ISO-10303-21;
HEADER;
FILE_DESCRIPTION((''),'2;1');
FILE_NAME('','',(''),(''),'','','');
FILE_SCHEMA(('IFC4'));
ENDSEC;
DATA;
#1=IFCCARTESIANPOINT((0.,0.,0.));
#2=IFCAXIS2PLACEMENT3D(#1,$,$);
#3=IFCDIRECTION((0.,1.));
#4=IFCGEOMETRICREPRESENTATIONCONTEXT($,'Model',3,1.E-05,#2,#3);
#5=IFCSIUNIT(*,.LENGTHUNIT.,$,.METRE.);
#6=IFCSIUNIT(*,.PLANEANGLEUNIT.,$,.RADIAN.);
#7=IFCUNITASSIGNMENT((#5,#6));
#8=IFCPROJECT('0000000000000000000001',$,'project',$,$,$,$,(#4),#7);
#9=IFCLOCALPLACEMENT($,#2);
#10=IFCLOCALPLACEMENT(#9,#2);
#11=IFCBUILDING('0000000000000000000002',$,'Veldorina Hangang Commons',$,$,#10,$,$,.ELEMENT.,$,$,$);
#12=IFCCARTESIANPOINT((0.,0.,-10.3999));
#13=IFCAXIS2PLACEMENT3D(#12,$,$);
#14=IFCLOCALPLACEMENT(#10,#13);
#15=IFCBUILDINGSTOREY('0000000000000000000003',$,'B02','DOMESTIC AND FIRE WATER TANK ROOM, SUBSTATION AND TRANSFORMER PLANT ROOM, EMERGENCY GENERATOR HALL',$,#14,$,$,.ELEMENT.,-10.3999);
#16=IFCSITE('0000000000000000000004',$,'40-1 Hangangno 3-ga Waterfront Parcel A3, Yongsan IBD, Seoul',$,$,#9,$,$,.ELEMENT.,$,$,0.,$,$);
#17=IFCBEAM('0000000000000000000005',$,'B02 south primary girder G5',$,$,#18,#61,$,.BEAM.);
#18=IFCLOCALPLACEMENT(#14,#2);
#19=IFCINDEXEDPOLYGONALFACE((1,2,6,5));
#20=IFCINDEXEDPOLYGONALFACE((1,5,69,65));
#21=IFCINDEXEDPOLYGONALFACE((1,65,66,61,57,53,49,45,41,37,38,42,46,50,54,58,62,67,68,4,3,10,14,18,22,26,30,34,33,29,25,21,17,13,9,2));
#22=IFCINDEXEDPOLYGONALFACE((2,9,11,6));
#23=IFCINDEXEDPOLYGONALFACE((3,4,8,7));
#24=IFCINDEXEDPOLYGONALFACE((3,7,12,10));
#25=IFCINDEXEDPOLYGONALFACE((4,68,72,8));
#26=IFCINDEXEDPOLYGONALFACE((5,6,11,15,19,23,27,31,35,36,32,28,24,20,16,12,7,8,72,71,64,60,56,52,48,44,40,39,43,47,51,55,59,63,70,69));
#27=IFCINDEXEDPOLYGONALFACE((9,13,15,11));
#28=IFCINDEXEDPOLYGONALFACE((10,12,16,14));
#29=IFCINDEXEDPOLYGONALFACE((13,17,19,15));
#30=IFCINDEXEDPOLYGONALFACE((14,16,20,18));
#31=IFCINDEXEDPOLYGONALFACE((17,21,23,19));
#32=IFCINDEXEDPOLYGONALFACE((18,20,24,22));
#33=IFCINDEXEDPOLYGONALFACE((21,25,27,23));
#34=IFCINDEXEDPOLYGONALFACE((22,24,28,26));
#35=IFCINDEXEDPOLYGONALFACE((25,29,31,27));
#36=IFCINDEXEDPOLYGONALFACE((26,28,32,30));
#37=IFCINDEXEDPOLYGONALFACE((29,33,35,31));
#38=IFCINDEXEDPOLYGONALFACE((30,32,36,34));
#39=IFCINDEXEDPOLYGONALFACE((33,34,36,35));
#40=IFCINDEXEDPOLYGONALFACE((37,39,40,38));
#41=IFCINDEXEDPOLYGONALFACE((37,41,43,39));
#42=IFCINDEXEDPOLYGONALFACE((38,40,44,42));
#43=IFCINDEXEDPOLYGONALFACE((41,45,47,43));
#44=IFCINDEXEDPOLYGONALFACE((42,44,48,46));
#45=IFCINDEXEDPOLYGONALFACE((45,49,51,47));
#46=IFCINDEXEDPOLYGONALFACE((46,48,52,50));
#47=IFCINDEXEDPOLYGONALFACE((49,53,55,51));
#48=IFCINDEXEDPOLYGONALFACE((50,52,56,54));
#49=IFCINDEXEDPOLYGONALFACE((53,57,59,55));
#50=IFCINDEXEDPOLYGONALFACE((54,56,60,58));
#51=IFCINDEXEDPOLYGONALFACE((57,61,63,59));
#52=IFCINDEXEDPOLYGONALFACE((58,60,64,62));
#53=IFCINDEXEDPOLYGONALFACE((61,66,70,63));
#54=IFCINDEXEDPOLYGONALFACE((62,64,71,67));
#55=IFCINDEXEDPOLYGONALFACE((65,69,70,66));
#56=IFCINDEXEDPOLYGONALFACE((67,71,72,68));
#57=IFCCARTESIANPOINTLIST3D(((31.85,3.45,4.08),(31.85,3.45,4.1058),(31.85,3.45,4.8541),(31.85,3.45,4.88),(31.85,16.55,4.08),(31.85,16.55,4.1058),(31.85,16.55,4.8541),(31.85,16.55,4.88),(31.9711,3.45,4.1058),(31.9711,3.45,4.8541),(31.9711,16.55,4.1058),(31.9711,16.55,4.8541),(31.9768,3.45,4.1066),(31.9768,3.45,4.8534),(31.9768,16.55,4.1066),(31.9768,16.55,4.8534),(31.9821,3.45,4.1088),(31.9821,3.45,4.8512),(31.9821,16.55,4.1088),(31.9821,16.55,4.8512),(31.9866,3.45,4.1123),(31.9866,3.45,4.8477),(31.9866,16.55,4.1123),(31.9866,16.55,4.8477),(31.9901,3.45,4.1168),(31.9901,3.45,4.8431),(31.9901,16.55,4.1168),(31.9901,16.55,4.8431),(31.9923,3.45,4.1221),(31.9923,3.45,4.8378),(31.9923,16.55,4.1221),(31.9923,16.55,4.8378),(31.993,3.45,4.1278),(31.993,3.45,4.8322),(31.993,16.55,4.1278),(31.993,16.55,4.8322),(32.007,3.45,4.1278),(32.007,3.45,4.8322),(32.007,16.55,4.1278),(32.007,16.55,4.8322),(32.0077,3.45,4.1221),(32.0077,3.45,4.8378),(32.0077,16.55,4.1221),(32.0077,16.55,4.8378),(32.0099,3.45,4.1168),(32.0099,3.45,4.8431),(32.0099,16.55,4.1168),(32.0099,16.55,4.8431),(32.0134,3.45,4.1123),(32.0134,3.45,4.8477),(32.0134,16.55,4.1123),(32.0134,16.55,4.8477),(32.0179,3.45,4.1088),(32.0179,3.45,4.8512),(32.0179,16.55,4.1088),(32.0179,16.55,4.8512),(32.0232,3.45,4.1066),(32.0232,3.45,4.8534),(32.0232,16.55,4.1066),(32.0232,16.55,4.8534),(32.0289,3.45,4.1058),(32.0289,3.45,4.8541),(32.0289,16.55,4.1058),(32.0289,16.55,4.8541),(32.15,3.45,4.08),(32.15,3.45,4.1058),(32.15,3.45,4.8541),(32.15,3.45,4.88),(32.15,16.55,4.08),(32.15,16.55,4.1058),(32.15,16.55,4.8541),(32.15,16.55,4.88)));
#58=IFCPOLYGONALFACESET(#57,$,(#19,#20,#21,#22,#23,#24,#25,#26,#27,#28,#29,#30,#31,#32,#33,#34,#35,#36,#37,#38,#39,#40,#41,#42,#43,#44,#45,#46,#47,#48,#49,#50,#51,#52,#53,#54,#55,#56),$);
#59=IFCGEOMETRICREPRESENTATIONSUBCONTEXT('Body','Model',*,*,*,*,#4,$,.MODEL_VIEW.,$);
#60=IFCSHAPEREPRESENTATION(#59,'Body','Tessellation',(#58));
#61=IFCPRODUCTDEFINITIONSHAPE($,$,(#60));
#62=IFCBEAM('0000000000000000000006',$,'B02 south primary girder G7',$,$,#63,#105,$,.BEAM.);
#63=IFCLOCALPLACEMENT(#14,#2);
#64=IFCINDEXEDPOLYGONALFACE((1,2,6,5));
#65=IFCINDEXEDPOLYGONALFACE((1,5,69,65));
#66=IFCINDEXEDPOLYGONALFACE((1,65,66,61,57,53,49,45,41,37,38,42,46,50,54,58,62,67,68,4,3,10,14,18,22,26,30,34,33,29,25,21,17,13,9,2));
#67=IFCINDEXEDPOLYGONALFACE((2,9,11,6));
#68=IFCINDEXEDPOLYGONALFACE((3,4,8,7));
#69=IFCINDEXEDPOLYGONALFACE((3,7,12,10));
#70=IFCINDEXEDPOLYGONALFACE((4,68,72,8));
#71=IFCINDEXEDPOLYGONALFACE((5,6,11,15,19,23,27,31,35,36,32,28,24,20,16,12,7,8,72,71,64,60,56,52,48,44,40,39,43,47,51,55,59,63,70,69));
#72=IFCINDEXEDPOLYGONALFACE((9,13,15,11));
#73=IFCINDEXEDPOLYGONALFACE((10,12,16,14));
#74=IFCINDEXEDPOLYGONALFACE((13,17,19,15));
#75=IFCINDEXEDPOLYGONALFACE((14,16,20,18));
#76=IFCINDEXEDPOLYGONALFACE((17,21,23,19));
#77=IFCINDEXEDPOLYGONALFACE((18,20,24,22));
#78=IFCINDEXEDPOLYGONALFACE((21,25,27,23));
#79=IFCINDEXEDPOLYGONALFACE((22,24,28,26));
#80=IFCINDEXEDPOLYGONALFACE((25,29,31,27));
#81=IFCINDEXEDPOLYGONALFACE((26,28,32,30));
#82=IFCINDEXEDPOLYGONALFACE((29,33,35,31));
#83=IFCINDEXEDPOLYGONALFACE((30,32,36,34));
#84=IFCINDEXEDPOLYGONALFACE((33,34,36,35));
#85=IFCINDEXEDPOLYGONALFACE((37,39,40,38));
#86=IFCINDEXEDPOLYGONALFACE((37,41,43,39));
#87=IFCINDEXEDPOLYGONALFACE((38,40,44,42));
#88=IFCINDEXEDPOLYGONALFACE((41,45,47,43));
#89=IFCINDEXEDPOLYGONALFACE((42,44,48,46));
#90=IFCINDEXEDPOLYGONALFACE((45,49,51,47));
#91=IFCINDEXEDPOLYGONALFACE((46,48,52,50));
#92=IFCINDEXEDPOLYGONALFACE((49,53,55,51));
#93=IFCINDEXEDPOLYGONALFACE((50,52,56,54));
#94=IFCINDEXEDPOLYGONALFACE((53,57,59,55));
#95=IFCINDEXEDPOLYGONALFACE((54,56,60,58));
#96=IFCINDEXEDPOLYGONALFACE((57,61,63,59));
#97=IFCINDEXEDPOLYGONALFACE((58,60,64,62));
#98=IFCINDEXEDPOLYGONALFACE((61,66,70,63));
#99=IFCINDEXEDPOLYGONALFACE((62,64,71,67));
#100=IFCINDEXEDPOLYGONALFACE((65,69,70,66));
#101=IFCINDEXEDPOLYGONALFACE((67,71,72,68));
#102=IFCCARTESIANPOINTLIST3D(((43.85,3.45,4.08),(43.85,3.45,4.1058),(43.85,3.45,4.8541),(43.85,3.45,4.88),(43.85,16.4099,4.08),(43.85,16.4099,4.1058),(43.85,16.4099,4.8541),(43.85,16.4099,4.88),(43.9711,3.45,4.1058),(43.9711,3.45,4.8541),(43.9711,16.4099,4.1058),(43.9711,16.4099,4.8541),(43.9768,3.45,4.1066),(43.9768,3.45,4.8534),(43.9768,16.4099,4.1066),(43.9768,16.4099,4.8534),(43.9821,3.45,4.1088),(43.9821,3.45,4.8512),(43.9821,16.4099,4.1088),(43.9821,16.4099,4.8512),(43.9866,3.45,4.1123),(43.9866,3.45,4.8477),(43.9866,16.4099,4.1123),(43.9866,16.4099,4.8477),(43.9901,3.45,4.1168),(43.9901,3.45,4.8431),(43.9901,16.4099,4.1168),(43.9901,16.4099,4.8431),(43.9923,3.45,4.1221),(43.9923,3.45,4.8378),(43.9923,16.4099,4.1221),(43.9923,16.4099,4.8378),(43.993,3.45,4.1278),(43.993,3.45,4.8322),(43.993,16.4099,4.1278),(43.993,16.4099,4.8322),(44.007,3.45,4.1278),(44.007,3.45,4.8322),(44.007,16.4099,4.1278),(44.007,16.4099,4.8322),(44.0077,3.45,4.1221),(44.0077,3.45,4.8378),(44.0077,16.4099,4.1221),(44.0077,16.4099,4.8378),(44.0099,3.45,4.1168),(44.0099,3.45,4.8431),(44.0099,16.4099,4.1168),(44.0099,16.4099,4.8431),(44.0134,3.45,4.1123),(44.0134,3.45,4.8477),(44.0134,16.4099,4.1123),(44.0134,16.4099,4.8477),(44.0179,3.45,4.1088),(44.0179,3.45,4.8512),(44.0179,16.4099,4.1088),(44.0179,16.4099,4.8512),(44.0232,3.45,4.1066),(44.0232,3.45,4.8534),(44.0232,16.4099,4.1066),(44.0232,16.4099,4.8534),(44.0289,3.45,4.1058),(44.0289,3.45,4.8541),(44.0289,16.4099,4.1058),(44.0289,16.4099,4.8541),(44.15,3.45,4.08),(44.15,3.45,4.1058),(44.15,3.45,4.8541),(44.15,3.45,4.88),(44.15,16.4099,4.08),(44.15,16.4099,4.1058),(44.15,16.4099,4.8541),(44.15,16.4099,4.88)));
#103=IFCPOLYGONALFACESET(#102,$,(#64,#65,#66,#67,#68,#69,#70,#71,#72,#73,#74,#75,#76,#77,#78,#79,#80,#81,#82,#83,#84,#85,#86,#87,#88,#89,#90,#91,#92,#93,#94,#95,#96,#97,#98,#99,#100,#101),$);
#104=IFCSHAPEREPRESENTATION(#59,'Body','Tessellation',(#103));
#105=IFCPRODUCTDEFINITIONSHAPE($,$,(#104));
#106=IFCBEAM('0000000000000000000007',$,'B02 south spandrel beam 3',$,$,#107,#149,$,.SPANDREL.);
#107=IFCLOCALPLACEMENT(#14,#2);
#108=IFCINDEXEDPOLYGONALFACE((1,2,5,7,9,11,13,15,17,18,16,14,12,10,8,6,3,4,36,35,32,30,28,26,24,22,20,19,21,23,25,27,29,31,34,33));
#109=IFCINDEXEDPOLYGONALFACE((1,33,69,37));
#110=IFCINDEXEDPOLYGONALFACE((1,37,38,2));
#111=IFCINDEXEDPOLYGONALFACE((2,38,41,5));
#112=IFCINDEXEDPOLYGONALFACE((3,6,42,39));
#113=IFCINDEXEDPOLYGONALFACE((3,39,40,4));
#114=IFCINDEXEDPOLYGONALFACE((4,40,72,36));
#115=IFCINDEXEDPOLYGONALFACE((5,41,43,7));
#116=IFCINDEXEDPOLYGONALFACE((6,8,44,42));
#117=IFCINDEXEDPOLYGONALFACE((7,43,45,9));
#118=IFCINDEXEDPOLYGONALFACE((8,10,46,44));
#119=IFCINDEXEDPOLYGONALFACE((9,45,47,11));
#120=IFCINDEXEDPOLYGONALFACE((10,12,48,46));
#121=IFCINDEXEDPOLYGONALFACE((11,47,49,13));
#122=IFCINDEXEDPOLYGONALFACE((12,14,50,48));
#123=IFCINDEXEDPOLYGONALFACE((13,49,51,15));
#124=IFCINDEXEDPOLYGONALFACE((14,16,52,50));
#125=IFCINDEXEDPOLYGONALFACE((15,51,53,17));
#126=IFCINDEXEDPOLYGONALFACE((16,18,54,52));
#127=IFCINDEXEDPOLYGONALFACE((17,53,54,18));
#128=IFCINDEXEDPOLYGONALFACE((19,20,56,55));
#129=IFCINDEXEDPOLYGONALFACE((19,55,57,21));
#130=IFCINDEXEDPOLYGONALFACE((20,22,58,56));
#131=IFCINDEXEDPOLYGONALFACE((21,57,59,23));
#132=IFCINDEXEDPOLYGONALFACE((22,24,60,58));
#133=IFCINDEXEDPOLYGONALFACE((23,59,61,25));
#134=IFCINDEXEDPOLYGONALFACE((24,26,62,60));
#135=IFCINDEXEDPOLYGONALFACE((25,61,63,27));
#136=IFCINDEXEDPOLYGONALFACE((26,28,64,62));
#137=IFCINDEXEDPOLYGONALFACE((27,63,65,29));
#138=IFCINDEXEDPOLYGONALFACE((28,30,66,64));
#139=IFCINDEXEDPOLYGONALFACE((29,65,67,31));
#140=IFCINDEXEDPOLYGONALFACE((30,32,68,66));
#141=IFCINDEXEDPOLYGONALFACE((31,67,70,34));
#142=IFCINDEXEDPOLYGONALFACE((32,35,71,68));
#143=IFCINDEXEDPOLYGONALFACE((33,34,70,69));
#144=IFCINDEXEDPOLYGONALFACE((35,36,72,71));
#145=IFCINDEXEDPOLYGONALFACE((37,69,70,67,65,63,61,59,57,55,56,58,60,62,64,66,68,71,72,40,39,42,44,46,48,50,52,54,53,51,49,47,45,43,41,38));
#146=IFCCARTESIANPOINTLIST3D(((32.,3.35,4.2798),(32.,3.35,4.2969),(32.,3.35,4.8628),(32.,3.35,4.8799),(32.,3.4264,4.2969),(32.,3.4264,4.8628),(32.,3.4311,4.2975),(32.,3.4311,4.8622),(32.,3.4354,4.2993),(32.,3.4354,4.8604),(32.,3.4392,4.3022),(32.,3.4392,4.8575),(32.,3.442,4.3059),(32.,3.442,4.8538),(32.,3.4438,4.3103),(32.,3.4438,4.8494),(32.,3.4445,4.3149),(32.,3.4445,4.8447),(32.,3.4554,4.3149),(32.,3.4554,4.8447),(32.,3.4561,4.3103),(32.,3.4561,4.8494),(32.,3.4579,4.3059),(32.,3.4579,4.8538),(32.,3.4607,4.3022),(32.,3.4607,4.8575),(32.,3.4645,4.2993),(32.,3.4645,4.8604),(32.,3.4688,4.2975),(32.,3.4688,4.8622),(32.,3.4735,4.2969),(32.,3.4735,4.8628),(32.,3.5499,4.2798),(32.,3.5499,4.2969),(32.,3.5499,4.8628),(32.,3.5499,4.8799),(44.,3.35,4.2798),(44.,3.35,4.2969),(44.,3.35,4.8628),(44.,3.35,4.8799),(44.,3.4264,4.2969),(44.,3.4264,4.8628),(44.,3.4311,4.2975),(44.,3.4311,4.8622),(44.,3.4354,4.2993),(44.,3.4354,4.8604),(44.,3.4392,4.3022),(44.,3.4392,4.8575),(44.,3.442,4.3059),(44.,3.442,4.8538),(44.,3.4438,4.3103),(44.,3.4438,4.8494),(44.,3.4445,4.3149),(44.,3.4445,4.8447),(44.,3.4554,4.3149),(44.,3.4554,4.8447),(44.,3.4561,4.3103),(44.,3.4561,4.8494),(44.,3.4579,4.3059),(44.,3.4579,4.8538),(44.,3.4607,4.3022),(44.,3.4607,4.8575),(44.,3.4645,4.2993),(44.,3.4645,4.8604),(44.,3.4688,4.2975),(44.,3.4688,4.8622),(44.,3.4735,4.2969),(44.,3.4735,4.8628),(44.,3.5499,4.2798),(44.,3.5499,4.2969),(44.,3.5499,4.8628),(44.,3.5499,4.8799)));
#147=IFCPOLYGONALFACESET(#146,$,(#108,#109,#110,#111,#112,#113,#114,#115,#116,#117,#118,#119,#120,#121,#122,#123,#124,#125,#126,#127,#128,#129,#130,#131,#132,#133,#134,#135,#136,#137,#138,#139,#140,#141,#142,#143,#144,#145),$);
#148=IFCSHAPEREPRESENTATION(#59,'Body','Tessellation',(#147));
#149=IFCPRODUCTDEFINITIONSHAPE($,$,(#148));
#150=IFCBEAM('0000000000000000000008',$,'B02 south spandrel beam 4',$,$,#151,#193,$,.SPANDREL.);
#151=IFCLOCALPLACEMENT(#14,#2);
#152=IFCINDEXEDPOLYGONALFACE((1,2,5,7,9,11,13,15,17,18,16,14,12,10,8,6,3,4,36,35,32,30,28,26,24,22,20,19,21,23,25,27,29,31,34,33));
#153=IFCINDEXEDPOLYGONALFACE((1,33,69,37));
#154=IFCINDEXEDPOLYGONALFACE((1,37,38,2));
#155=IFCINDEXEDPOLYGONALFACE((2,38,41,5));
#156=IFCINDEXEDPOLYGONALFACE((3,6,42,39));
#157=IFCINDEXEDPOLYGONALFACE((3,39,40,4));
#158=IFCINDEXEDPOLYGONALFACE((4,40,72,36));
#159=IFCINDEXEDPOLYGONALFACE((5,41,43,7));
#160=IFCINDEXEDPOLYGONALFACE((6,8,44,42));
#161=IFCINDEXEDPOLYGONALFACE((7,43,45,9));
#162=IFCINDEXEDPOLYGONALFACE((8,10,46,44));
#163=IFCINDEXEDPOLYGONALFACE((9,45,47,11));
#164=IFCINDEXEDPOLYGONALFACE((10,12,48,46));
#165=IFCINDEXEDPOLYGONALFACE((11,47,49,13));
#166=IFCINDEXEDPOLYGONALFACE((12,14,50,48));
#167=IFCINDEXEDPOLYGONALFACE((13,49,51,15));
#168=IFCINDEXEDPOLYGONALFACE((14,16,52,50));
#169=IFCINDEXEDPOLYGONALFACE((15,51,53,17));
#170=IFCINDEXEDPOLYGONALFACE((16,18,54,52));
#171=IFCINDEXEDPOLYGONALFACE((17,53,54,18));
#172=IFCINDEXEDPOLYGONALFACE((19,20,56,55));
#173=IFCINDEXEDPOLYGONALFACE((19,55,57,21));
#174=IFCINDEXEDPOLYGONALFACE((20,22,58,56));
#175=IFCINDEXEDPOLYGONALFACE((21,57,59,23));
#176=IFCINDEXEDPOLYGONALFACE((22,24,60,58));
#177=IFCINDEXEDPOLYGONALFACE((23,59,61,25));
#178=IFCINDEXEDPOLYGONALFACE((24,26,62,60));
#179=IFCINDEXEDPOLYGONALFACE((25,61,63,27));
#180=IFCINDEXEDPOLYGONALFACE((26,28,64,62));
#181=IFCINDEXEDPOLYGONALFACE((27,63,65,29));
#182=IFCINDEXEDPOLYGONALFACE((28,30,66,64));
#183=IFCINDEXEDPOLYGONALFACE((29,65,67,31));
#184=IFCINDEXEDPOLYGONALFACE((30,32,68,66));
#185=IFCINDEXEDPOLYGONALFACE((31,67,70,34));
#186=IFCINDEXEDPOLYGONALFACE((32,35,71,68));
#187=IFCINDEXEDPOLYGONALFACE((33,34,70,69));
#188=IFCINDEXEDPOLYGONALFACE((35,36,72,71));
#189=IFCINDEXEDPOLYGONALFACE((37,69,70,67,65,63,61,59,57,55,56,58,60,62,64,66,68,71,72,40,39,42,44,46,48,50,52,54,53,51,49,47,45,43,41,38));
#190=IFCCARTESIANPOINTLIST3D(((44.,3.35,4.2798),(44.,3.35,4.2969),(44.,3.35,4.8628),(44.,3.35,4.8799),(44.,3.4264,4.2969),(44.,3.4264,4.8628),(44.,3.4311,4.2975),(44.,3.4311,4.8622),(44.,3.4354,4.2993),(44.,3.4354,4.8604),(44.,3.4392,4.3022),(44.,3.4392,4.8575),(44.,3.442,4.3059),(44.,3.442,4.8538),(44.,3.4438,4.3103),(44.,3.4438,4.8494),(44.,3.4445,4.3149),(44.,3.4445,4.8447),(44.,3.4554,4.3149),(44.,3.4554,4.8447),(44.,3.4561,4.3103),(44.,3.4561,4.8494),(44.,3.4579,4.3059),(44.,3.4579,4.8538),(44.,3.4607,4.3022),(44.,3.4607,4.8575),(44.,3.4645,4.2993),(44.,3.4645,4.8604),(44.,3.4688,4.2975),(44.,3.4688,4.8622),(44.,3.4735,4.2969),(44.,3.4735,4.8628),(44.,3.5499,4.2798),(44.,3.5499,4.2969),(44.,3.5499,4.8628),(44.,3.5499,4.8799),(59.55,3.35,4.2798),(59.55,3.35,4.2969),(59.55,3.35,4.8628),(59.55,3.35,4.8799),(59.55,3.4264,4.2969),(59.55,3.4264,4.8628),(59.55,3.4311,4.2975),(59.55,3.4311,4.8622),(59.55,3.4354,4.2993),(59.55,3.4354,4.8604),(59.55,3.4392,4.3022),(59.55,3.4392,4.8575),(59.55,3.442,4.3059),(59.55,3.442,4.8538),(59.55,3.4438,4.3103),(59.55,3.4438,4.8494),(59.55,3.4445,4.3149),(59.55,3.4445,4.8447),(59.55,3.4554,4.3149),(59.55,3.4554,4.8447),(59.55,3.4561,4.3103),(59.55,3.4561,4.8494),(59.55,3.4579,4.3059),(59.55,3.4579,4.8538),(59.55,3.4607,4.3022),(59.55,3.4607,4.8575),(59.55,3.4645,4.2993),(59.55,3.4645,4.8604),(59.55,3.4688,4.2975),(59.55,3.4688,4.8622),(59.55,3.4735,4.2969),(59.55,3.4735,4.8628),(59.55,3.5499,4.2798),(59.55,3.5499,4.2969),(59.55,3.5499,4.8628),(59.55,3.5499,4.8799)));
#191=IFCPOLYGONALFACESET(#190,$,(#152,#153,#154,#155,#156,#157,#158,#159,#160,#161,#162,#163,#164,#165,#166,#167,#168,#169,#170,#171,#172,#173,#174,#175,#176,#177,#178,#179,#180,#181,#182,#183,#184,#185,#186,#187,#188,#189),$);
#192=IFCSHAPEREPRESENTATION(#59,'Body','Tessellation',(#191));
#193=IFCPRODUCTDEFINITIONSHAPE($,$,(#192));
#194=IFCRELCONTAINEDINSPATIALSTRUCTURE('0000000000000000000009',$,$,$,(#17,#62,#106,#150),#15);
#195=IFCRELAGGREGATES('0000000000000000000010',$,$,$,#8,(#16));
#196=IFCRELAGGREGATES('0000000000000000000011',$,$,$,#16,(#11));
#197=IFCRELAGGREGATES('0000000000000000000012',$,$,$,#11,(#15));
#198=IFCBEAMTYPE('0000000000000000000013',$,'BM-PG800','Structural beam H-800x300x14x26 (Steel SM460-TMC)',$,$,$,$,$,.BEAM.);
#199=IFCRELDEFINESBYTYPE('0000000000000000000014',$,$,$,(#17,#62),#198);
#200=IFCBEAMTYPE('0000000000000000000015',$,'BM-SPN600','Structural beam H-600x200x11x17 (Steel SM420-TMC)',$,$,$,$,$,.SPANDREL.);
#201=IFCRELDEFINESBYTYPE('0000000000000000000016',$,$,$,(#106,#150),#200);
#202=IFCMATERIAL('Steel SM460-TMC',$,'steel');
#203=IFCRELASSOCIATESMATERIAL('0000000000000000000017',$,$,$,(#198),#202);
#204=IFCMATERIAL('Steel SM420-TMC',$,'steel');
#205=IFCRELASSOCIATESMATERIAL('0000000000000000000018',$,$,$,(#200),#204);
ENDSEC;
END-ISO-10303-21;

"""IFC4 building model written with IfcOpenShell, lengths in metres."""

from ifc_helpers import new_model, si_unit, direction, frame, origin, origin_2d, place, context, subcontext, project, spatial, i_section, extrude, material, material_profile, profile_set, type_object, element, save


model = new_model("IFC4")

# Units and contexts
model_context = context("Model", 3, precision=1e-05, world=origin(), true_north=direction((0.0, 1.0)))
body_context = subcontext(model_context, "Body", "Model", "MODEL_VIEW")
ifc_project = project(units=[si_unit("LENGTHUNIT", "METRE"), si_unit("PLANEANGLEUNIT", "RADIAN")], contexts=[model_context])

# Site, building, storey
site_placement = place(None, origin())
site = spatial("IfcSite", under=ifc_project, at=site_placement, Name="40-1 Hangangno 3-ga Waterfront Parcel A3, Yongsan IBD, Seoul", CompositionType="ELEMENT", RefElevation=0.0)
building_placement = place(site_placement, origin())
building = spatial("IfcBuilding", under=site, at=building_placement, Name="Veldorina Hangang Commons", CompositionType="ELEMENT")
storey_placement = place(building_placement, frame((0.0, 0.0, -10.3999)))
storey = spatial("IfcBuildingStorey", under=building, at=storey_placement, Name="B02", Description="DOMESTIC AND FIRE WATER TANK ROOM, SUBSTATION AND TRANSFORMER PLANT ROOM, EMERGENCY GENERATOR HALL", CompositionType="ELEMENT", Elevation=-10.3999)

# Shared definitions
ifc_material_1 = material(Name="Steel SM420-TMC", Category="steel")

# Beams
ifc_material_2 = material(Name="Steel SM460-TMC", Category="steel")
ifc_material_profile_1 = material_profile(ifc_material_2, i_section(OverallWidth=0.3, OverallDepth=0.8, WebThickness=0.0139, FlangeThickness=0.0259, FilletRadius=0.022, at=origin_2d()), Name="H-800x300x14x26")
ifc_profile_set_1 = profile_set([ifc_material_profile_1], Name="Steel SM460-TMC")
beam_type_1 = type_object("IfcBeamType", Name="BM-PG800", Description="Structural beam H-800x300x14x26 (Steel SM460-TMC)", PredefinedType="BEAM", material=ifc_profile_set_1)
beam_1_placement = place(storey_placement, frame((32.0, 3.45, 4.48), z_axis=(0.0, 1.0, 0.0), x_axis=(-1.0, 0.0, 0.0)))
element("IfcBeam", 1, at=beam_1_placement, inside=storey, type_object=beam_type_1, Name="B02 south primary girder G5", PredefinedType="BEAM", context=body_context, shape_type="SweptSolid", body=[
    extrude(i_section(OverallWidth=0.3, OverallDepth=0.8, WebThickness=0.0139, FlangeThickness=0.0259, FilletRadius=0.022, at=origin_2d()), origin(), (0.0, 0.0, 1.0), 13.1001),
])
beam_2_placement = place(storey_placement, frame((44.0, 3.45, 4.48), z_axis=(0.0, 1.0, 0.0), x_axis=(-1.0, 0.0, 0.0)))
element("IfcBeam", 2, at=beam_2_placement, inside=storey, type_object=beam_type_1, Name="B02 south primary girder G7", PredefinedType="BEAM", context=body_context, shape_type="SweptSolid", body=[
    extrude(i_section(OverallWidth=0.3, OverallDepth=0.8, WebThickness=0.0139, FlangeThickness=0.0259, FilletRadius=0.022, at=origin_2d()), origin(), (0.0, 0.0, 1.0), 12.96),
])
ifc_material_profile_2 = material_profile(ifc_material_1, i_section(OverallWidth=0.2, OverallDepth=0.6001, WebThickness=0.011, FlangeThickness=0.0171, FilletRadius=0.0181, at=origin_2d()), Name="H-600x200x11x17")
ifc_profile_set_2 = profile_set([ifc_material_profile_2], Name="Steel SM420-TMC")
beam_type_2 = type_object("IfcBeamType", Name="BM-SPN600", Description="Structural beam H-600x200x11x17 (Steel SM420-TMC)", PredefinedType="SPANDREL", material=ifc_profile_set_2)
beam_3_placement = place(storey_placement, frame((32.0, 3.45, 4.5798), z_axis=(1.0, 0.0, 0.0), x_axis=(0.0, 1.0, 0.0)))
element("IfcBeam", 3, at=beam_3_placement, inside=storey, type_object=beam_type_2, Name="B02 south spandrel beam 3", PredefinedType="SPANDREL", context=body_context, shape_type="SweptSolid", body=[
    extrude(i_section(OverallWidth=0.2, OverallDepth=0.6001, WebThickness=0.011, FlangeThickness=0.0171, FilletRadius=0.0181, at=origin_2d()), origin(), (0.0, 0.0, 1.0), 12.0),
])
beam_4_placement = place(storey_placement, frame((44.0, 3.45, 4.5798), z_axis=(1.0, 0.0, 0.0), x_axis=(0.0, 1.0, 0.0)))
element("IfcBeam", 4, at=beam_4_placement, inside=storey, type_object=beam_type_2, Name="B02 south spandrel beam 4", PredefinedType="SPANDREL", context=body_context, shape_type="SweptSolid", body=[
    extrude(i_section(OverallWidth=0.2, OverallDepth=0.6001, WebThickness=0.011, FlangeThickness=0.0171, FilletRadius=0.0181, at=origin_2d()), origin(), (0.0, 0.0, 1.0), 15.55),
])

save(model, "model.ifc")
